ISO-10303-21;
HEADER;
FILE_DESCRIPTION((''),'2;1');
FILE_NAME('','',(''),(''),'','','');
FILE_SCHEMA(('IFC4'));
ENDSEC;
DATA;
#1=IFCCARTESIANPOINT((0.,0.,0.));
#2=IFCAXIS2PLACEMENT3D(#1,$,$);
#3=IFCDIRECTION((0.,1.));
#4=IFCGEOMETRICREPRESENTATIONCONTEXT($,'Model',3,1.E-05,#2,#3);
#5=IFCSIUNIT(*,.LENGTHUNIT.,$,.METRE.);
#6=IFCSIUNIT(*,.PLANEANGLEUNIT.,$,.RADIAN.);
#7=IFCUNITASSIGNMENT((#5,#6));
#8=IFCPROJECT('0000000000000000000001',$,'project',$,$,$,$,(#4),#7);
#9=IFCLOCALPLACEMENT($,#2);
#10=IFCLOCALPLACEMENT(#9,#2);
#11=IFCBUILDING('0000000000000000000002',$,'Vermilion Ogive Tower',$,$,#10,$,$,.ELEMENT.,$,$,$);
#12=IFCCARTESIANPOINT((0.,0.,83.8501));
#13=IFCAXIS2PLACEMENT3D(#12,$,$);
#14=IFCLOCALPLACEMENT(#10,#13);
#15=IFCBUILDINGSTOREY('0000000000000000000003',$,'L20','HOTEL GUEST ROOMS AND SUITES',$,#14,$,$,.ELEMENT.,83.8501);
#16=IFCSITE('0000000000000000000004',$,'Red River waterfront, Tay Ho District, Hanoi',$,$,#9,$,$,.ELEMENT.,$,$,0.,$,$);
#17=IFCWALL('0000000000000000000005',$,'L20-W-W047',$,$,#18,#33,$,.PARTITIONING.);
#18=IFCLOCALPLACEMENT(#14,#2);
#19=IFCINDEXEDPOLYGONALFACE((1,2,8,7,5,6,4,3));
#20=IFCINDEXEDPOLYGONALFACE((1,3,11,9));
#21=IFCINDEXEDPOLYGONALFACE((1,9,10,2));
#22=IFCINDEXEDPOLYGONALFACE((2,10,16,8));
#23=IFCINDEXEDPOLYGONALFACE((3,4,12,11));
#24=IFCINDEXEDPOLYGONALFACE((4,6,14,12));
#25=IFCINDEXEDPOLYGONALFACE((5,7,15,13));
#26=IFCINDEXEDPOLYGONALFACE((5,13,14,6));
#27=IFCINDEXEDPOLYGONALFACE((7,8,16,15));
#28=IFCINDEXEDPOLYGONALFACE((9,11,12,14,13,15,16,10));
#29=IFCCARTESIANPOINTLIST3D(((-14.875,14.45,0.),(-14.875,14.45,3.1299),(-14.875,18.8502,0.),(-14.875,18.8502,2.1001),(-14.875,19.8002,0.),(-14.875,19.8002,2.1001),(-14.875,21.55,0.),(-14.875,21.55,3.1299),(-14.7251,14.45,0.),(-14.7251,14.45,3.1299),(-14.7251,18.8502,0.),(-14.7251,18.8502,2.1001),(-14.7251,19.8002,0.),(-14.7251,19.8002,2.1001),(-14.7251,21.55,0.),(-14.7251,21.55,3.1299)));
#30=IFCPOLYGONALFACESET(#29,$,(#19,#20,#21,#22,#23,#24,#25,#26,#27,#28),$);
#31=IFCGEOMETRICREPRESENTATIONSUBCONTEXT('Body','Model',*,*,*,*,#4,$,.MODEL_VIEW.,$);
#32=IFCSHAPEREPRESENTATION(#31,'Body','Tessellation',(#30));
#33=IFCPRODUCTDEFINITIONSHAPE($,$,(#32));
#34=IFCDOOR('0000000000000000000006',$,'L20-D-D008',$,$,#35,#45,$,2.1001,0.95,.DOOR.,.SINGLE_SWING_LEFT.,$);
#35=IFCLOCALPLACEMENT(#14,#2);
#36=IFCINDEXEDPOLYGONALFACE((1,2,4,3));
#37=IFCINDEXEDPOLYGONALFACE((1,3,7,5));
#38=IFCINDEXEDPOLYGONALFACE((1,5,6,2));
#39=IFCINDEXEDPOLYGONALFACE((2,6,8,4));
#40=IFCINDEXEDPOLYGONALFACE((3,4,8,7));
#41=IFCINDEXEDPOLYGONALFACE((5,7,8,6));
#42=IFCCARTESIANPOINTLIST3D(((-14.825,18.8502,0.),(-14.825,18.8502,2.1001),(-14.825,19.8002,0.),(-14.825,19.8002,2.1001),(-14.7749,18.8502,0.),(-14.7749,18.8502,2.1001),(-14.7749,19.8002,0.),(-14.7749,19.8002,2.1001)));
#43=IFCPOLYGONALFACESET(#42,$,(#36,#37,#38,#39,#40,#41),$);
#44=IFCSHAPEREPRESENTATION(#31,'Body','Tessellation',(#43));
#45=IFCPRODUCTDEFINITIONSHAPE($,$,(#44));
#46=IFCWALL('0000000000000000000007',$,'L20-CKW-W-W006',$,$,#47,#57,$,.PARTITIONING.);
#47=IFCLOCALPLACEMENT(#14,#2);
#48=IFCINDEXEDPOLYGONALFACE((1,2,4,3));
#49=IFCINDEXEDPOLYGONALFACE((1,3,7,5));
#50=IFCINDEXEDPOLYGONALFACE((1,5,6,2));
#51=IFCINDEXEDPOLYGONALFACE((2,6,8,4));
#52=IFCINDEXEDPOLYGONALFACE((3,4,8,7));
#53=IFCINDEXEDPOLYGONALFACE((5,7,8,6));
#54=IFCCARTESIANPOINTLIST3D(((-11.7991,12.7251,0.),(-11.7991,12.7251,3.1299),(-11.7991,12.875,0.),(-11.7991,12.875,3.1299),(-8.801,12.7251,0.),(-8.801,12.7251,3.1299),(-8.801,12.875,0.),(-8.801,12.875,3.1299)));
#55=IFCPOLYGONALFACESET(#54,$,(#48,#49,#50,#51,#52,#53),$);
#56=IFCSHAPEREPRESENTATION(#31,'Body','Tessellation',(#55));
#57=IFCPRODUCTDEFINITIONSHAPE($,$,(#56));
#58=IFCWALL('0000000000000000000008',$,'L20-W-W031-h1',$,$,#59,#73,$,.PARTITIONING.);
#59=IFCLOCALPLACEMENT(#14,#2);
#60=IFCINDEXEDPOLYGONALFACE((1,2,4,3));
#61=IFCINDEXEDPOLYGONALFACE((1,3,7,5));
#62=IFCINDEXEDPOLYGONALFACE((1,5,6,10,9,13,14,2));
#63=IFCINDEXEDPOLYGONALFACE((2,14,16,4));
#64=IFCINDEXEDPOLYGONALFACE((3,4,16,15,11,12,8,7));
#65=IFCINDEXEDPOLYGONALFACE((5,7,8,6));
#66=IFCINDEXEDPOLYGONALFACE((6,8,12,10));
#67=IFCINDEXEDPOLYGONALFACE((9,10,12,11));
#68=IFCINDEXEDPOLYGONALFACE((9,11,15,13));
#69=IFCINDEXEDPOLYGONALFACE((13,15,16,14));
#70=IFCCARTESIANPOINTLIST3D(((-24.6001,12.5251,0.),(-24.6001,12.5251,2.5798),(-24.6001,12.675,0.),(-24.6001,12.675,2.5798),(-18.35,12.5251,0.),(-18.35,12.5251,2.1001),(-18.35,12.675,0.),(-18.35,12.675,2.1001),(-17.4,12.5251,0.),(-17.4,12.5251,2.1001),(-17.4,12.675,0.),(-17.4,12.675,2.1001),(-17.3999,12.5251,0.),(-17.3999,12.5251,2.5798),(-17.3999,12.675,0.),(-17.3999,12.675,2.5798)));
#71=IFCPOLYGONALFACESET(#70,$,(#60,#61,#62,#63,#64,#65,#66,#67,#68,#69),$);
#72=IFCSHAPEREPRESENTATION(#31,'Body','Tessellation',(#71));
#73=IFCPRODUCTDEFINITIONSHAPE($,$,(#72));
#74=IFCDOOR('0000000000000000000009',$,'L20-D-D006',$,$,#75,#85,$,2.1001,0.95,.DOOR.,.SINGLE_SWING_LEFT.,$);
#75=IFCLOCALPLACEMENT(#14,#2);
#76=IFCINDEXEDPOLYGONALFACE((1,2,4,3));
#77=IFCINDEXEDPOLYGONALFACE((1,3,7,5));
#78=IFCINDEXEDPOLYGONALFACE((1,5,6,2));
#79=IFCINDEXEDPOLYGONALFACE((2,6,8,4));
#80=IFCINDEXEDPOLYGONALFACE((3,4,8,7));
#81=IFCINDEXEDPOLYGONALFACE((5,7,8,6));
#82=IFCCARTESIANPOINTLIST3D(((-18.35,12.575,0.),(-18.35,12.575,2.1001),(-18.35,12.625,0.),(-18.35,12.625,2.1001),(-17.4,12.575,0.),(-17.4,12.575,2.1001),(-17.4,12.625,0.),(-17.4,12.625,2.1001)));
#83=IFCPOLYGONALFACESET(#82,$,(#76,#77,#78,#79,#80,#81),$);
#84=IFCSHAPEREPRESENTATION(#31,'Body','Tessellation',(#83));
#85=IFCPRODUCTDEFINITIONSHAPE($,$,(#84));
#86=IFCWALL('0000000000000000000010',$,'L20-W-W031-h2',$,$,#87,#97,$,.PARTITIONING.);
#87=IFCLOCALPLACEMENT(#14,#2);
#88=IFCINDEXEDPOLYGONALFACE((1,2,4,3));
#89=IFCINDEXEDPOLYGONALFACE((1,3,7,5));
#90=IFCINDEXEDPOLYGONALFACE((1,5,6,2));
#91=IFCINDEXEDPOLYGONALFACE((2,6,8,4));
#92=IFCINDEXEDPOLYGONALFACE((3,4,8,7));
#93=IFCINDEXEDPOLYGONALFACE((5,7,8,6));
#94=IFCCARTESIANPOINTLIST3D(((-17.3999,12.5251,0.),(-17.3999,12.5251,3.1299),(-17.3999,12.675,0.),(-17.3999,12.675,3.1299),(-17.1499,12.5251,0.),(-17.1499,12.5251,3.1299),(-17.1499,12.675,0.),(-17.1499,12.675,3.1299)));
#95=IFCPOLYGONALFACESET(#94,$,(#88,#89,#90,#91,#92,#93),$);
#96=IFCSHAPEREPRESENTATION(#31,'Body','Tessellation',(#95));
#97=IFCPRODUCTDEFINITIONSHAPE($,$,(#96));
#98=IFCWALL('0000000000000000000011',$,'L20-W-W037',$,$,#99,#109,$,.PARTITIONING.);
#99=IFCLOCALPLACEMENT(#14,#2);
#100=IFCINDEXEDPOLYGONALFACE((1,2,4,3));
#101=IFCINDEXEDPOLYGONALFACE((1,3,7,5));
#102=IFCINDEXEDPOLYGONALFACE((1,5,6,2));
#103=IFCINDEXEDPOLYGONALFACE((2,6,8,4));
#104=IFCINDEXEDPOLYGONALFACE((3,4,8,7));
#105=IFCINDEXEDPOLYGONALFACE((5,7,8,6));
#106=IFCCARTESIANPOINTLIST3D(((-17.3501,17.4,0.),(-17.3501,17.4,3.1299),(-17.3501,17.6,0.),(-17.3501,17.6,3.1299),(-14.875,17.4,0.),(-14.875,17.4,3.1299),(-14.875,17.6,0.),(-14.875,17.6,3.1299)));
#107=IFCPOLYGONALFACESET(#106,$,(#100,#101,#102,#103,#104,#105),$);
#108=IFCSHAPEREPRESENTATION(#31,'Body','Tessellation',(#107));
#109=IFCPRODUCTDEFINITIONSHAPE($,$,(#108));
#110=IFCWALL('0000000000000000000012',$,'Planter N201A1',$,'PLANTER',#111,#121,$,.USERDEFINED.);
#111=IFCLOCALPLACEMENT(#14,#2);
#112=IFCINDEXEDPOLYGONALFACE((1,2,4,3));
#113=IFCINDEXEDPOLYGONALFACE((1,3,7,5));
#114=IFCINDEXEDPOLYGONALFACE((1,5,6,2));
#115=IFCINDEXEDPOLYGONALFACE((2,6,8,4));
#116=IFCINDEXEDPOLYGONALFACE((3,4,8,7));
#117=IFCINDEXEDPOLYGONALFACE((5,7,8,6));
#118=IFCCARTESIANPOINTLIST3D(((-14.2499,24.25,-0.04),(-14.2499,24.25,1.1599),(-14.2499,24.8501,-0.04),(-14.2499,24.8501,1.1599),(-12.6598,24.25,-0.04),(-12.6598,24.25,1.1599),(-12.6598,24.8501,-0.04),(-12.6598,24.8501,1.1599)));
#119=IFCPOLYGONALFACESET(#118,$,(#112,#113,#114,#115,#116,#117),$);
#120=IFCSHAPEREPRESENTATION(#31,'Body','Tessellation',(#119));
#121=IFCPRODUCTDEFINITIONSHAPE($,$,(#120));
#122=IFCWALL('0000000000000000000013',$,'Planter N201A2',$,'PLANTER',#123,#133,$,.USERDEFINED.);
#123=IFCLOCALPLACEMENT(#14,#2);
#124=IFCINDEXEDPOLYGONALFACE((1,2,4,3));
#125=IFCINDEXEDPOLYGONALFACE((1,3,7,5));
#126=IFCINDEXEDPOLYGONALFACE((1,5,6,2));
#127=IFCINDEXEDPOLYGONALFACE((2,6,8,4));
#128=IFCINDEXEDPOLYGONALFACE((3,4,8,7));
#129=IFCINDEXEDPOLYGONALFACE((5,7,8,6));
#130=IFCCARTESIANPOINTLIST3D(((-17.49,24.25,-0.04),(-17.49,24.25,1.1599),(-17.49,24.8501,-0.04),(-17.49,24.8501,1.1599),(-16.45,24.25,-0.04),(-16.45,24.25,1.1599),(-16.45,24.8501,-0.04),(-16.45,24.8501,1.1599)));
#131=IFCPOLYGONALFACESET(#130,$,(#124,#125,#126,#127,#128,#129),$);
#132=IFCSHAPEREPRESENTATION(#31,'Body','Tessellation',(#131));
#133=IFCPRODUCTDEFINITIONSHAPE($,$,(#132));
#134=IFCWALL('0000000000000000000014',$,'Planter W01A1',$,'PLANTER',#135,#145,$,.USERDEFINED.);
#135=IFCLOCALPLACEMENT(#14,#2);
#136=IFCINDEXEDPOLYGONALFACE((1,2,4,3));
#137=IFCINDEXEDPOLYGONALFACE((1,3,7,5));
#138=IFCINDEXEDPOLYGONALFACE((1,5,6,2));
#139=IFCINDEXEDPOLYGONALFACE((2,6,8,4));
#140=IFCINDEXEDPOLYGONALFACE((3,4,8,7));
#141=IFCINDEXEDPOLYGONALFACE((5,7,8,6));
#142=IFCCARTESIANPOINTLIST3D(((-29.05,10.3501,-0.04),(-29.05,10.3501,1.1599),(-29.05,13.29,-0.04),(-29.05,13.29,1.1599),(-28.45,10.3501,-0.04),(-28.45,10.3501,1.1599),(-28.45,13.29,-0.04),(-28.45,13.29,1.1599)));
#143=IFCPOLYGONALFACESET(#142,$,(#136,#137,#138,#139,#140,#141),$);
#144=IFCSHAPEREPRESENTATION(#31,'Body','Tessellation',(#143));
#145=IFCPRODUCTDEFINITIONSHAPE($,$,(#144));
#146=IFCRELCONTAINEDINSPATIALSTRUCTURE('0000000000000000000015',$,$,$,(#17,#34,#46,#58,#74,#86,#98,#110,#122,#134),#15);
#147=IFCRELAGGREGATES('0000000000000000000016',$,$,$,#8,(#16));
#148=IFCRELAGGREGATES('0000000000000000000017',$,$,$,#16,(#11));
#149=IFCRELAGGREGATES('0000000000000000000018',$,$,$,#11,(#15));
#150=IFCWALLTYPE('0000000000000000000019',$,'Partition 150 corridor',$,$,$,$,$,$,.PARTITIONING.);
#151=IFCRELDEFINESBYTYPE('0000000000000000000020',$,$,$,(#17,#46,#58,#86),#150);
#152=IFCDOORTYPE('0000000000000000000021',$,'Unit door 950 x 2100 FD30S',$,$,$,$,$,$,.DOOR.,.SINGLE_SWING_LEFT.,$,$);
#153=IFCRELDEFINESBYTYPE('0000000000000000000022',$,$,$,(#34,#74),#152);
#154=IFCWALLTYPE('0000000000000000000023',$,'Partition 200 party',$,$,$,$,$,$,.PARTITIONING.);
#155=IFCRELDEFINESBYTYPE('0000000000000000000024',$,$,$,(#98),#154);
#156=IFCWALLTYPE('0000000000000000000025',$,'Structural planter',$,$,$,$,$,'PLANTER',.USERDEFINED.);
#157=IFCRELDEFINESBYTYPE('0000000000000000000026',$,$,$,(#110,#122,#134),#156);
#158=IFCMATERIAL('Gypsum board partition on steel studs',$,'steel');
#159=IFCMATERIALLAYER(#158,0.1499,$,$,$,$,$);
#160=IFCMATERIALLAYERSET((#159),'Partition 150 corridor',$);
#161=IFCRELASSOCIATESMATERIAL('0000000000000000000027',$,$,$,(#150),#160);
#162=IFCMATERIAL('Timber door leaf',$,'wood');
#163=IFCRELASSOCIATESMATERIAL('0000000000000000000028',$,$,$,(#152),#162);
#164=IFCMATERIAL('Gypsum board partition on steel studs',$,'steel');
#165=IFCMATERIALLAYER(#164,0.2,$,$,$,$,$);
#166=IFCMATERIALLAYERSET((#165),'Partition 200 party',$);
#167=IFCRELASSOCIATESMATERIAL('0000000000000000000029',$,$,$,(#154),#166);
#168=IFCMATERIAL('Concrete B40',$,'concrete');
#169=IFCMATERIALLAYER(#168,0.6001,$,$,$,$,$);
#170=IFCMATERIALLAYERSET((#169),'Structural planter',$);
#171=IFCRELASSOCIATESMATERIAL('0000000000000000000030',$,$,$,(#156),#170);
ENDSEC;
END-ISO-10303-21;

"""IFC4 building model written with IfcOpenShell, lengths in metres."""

from ifc_helpers import new_model, si_unit, direction, frame, frame_2d, origin, place, context, subcontext, project, spatial, rectangle, extrude, material, layer, layer_set, type_object, element, fill, save


model = new_model("IFC4")

# Units and contexts
model_context = context("Model", 3, precision=1e-05, world=origin(), true_north=direction((0.0, 1.0)))
body_context = subcontext(model_context, "Body", "Model", "MODEL_VIEW")
ifc_project = project(units=[si_unit("LENGTHUNIT", "METRE"), si_unit("PLANEANGLEUNIT", "RADIAN")], contexts=[model_context])

# Site, building, storey
site_placement = place(None, origin())
site = spatial("IfcSite", under=ifc_project, at=site_placement, Name="Red River waterfront, Tay Ho District, Hanoi", CompositionType="ELEMENT", RefElevation=0.0)
building_placement = place(site_placement, origin())
building = spatial("IfcBuilding", under=site, at=building_placement, Name="Vermilion Ogive Tower", CompositionType="ELEMENT")
storey_placement = place(building_placement, frame((0.0, 0.0, 83.8501)))
storey = spatial("IfcBuildingStorey", under=building, at=storey_placement, Name="L20", Description="HOTEL GUEST ROOMS AND SUITES", CompositionType="ELEMENT", Elevation=83.8501)

# Wall, opening, door
ifc_material_1 = material(Name="Gypsum board partition on steel studs", Category="steel")
ifc_layer_1 = layer(ifc_material_1, 0.1499)
ifc_layer_set_1 = layer_set([ifc_layer_1], Name="Partition 150 corridor")
wall_type_1 = type_object("IfcWallType", Name="Partition 150 corridor", PredefinedType="PARTITIONING", material=ifc_layer_set_1)
wall_1_placement = place(storey_placement, frame((-14.8, 14.45, 0.0), z_axis=(0.0, 0.0, 1.0), x_axis=(0.0, 1.0, 0.0)))
wall_1 = element("IfcWall", 1, at=wall_1_placement, inside=storey, type_object=wall_type_1, Name="L20-W-W047", PredefinedType="PARTITIONING", context=body_context, shape_type="SweptSolid", body=[
    extrude(rectangle(XDim=7.1001, YDim=0.1499, at=frame_2d((3.55, 0.0))), origin(), (0.0, 0.0, 1.0), 3.1299),
])
opening_1_placement = place(wall_1_placement, frame((4.4001, 0.0, 0.0)))
opening_1 = element("IfcOpeningElement", 2, at=opening_1_placement, cuts=wall_1, PredefinedType="OPENING", context=body_context, shape_type="SweptSolid", body=[
    extrude(rectangle(XDim=0.95, YDim=2.1001, at=frame_2d((0.4751, 1.05))), frame((0.0, 0.085, 0.0), z_axis=(0.0, -1.0, 0.0), x_axis=(1.0, 0.0, 0.0)), (0.0, 0.0, 1.0), 0.1699),
])
ifc_material_2 = material(Name="Timber door leaf", Category="wood")
door_type_1 = type_object("IfcDoorType", Name="Unit door 950 x 2100 FD30S", OperationType="SINGLE_SWING_LEFT", PredefinedType="DOOR", material=ifc_material_2)
door_1_placement = place(opening_1_placement, origin())
door_1 = element("IfcDoor", 3, at=door_1_placement, inside=storey, type_object=door_type_1, Name="L20-D-D008", OperationType="SINGLE_SWING_LEFT", OverallHeight=2.1001, OverallWidth=0.95, PredefinedType="DOOR", context=body_context, shape_type="SweptSolid", body=[
    extrude(rectangle(XDim=0.95, YDim=2.1001, at=frame_2d((0.4751, 1.05))), frame((0.0, 0.0249, 0.0), z_axis=(0.0, -1.0, 0.0), x_axis=(1.0, 0.0, 0.0)), (0.0, 0.0, 1.0), 0.05),
])
fill(opening_1, door_1)

# Wall
wall_2_placement = place(storey_placement, frame((-11.7991, 12.8, 0.0), z_axis=(0.0, 0.0, 1.0), x_axis=(1.0, 0.0, 0.0)))
element("IfcWall", 4, at=wall_2_placement, inside=storey, type_object=wall_type_1, Name="L20-CKW-W-W006", PredefinedType="PARTITIONING", context=body_context, shape_type="SweptSolid", body=[
    extrude(rectangle(XDim=2.998, YDim=0.1499, at=frame_2d((1.499, 0.0))), origin(), (0.0, 0.0, 1.0), 3.1299),
])

# Wall, opening, door
wall_3_placement = place(storey_placement, frame((-24.6001, 12.6001, 0.0), z_axis=(0.0, 0.0, 1.0), x_axis=(1.0, 0.0, 0.0)))
wall_3 = element("IfcWall", 5, at=wall_3_placement, inside=storey, type_object=wall_type_1, Name="L20-W-W031-h1", PredefinedType="PARTITIONING", context=body_context, shape_type="SweptSolid", body=[
    extrude(rectangle(XDim=7.2002, YDim=0.1499, at=frame_2d((3.6001, 0.0))), origin(), (0.0, 0.0, 1.0), 2.5798),
])
opening_2_placement = place(wall_3_placement, frame((6.25, 0.0, 0.0)))
opening_2 = element("IfcOpeningElement", 6, at=opening_2_placement, cuts=wall_3, PredefinedType="OPENING", context=body_context, shape_type="SweptSolid", body=[
    extrude(rectangle(XDim=0.95, YDim=2.1001, at=frame_2d((0.4751, 1.05))), frame((0.0, 0.085, 0.0), z_axis=(0.0, -1.0, 0.0), x_axis=(1.0, 0.0, 0.0)), (0.0, 0.0, 1.0), 0.1699),
])
door_2_placement = place(opening_2_placement, origin())
door_2 = element("IfcDoor", 7, at=door_2_placement, inside=storey, type_object=door_type_1, Name="L20-D-D006", OperationType="SINGLE_SWING_LEFT", OverallHeight=2.1001, OverallWidth=0.95, PredefinedType="DOOR", context=body_context, shape_type="SweptSolid", body=[
    extrude(rectangle(XDim=0.95, YDim=2.1001, at=frame_2d((0.4751, 1.05))), frame((0.0, 0.0249, 0.0), z_axis=(0.0, -1.0, 0.0), x_axis=(1.0, 0.0, 0.0)), (0.0, 0.0, 1.0), 0.05),
])
fill(opening_2, door_2)

# Walls
wall_4_placement = place(storey_placement, frame((-17.3999, 12.6001, 0.0), z_axis=(0.0, 0.0, 1.0), x_axis=(1.0, 0.0, 0.0)))
element("IfcWall", 8, at=wall_4_placement, inside=storey, type_object=wall_type_1, Name="L20-W-W031-h2", PredefinedType="PARTITIONING", context=body_context, shape_type="SweptSolid", body=[
    extrude(rectangle(XDim=0.25, YDim=0.1499, at=frame_2d((0.125, 0.0))), origin(), (0.0, 0.0, 1.0), 3.1299),
])
ifc_material_3 = material(Name="Gypsum board partition on steel studs", Category="steel")
ifc_layer_2 = layer(ifc_material_3, 0.2)
ifc_layer_set_2 = layer_set([ifc_layer_2], Name="Partition 200 party")
wall_type_2 = type_object("IfcWallType", Name="Partition 200 party", PredefinedType="PARTITIONING", material=ifc_layer_set_2)
wall_5_placement = place(storey_placement, frame((-17.3501, 17.5, 0.0), z_axis=(0.0, 0.0, 1.0), x_axis=(1.0, 0.0, 0.0)))
element("IfcWall", 9, at=wall_5_placement, inside=storey, type_object=wall_type_2, Name="L20-W-W037", PredefinedType="PARTITIONING", context=body_context, shape_type="SweptSolid", body=[
    extrude(rectangle(XDim=2.4751, YDim=0.2, at=frame_2d((1.2375, 0.0))), origin(), (0.0, 0.0, 1.0), 3.1299),
])
ifc_material_4 = material(Name="Concrete B40", Category="concrete")
ifc_layer_3 = layer(ifc_material_4, 0.6001)
ifc_layer_set_3 = layer_set([ifc_layer_3], Name="Structural planter")
wall_type_3 = type_object("IfcWallType", Name="Structural planter", ElementType="PLANTER", PredefinedType="USERDEFINED", material=ifc_layer_set_3)
wall_6_placement = place(storey_placement, frame((-12.6599, 24.55, -0.04), z_axis=(0.0, 0.0, 1.0), x_axis=(-1.0, 0.0, 0.0)))
element("IfcWall", 10, at=wall_6_placement, inside=storey, type_object=wall_type_3, Name="Planter N201A1", ObjectType="PLANTER", PredefinedType="USERDEFINED", context=body_context, shape_type="SweptSolid", body=[
    extrude(rectangle(XDim=1.5901, YDim=0.6001, at=frame_2d((0.7949, 0.0))), origin(), (0.0, 0.0, 1.0), 1.2),
])
wall_7_placement = place(storey_placement, frame((-16.45, 24.55, -0.04), z_axis=(0.0, 0.0, 1.0), x_axis=(-1.0, 0.0, 0.0)))
element("IfcWall", 11, at=wall_7_placement, inside=storey, type_object=wall_type_3, Name="Planter N201A2", ObjectType="PLANTER", PredefinedType="USERDEFINED", context=body_context, shape_type="SweptSolid", body=[
    extrude(rectangle(XDim=1.04, YDim=0.6001, at=frame_2d((0.52, 0.0))), origin(), (0.0, 0.0, 1.0), 1.2),
])
wall_8_placement = place(storey_placement, frame((-28.75, 13.29, -0.04), z_axis=(0.0, 0.0, 1.0), x_axis=(0.0, -1.0, 0.0)))
element("IfcWall", 12, at=wall_8_placement, inside=storey, type_object=wall_type_3, Name="Planter W01A1", ObjectType="PLANTER", PredefinedType="USERDEFINED", context=body_context, shape_type="SweptSolid", body=[
    extrude(rectangle(XDim=2.9399, YDim=0.6001, at=frame_2d((1.47, 0.0))), origin(), (0.0, 0.0, 1.0), 1.2),
])

save(model, "model.ifc")
